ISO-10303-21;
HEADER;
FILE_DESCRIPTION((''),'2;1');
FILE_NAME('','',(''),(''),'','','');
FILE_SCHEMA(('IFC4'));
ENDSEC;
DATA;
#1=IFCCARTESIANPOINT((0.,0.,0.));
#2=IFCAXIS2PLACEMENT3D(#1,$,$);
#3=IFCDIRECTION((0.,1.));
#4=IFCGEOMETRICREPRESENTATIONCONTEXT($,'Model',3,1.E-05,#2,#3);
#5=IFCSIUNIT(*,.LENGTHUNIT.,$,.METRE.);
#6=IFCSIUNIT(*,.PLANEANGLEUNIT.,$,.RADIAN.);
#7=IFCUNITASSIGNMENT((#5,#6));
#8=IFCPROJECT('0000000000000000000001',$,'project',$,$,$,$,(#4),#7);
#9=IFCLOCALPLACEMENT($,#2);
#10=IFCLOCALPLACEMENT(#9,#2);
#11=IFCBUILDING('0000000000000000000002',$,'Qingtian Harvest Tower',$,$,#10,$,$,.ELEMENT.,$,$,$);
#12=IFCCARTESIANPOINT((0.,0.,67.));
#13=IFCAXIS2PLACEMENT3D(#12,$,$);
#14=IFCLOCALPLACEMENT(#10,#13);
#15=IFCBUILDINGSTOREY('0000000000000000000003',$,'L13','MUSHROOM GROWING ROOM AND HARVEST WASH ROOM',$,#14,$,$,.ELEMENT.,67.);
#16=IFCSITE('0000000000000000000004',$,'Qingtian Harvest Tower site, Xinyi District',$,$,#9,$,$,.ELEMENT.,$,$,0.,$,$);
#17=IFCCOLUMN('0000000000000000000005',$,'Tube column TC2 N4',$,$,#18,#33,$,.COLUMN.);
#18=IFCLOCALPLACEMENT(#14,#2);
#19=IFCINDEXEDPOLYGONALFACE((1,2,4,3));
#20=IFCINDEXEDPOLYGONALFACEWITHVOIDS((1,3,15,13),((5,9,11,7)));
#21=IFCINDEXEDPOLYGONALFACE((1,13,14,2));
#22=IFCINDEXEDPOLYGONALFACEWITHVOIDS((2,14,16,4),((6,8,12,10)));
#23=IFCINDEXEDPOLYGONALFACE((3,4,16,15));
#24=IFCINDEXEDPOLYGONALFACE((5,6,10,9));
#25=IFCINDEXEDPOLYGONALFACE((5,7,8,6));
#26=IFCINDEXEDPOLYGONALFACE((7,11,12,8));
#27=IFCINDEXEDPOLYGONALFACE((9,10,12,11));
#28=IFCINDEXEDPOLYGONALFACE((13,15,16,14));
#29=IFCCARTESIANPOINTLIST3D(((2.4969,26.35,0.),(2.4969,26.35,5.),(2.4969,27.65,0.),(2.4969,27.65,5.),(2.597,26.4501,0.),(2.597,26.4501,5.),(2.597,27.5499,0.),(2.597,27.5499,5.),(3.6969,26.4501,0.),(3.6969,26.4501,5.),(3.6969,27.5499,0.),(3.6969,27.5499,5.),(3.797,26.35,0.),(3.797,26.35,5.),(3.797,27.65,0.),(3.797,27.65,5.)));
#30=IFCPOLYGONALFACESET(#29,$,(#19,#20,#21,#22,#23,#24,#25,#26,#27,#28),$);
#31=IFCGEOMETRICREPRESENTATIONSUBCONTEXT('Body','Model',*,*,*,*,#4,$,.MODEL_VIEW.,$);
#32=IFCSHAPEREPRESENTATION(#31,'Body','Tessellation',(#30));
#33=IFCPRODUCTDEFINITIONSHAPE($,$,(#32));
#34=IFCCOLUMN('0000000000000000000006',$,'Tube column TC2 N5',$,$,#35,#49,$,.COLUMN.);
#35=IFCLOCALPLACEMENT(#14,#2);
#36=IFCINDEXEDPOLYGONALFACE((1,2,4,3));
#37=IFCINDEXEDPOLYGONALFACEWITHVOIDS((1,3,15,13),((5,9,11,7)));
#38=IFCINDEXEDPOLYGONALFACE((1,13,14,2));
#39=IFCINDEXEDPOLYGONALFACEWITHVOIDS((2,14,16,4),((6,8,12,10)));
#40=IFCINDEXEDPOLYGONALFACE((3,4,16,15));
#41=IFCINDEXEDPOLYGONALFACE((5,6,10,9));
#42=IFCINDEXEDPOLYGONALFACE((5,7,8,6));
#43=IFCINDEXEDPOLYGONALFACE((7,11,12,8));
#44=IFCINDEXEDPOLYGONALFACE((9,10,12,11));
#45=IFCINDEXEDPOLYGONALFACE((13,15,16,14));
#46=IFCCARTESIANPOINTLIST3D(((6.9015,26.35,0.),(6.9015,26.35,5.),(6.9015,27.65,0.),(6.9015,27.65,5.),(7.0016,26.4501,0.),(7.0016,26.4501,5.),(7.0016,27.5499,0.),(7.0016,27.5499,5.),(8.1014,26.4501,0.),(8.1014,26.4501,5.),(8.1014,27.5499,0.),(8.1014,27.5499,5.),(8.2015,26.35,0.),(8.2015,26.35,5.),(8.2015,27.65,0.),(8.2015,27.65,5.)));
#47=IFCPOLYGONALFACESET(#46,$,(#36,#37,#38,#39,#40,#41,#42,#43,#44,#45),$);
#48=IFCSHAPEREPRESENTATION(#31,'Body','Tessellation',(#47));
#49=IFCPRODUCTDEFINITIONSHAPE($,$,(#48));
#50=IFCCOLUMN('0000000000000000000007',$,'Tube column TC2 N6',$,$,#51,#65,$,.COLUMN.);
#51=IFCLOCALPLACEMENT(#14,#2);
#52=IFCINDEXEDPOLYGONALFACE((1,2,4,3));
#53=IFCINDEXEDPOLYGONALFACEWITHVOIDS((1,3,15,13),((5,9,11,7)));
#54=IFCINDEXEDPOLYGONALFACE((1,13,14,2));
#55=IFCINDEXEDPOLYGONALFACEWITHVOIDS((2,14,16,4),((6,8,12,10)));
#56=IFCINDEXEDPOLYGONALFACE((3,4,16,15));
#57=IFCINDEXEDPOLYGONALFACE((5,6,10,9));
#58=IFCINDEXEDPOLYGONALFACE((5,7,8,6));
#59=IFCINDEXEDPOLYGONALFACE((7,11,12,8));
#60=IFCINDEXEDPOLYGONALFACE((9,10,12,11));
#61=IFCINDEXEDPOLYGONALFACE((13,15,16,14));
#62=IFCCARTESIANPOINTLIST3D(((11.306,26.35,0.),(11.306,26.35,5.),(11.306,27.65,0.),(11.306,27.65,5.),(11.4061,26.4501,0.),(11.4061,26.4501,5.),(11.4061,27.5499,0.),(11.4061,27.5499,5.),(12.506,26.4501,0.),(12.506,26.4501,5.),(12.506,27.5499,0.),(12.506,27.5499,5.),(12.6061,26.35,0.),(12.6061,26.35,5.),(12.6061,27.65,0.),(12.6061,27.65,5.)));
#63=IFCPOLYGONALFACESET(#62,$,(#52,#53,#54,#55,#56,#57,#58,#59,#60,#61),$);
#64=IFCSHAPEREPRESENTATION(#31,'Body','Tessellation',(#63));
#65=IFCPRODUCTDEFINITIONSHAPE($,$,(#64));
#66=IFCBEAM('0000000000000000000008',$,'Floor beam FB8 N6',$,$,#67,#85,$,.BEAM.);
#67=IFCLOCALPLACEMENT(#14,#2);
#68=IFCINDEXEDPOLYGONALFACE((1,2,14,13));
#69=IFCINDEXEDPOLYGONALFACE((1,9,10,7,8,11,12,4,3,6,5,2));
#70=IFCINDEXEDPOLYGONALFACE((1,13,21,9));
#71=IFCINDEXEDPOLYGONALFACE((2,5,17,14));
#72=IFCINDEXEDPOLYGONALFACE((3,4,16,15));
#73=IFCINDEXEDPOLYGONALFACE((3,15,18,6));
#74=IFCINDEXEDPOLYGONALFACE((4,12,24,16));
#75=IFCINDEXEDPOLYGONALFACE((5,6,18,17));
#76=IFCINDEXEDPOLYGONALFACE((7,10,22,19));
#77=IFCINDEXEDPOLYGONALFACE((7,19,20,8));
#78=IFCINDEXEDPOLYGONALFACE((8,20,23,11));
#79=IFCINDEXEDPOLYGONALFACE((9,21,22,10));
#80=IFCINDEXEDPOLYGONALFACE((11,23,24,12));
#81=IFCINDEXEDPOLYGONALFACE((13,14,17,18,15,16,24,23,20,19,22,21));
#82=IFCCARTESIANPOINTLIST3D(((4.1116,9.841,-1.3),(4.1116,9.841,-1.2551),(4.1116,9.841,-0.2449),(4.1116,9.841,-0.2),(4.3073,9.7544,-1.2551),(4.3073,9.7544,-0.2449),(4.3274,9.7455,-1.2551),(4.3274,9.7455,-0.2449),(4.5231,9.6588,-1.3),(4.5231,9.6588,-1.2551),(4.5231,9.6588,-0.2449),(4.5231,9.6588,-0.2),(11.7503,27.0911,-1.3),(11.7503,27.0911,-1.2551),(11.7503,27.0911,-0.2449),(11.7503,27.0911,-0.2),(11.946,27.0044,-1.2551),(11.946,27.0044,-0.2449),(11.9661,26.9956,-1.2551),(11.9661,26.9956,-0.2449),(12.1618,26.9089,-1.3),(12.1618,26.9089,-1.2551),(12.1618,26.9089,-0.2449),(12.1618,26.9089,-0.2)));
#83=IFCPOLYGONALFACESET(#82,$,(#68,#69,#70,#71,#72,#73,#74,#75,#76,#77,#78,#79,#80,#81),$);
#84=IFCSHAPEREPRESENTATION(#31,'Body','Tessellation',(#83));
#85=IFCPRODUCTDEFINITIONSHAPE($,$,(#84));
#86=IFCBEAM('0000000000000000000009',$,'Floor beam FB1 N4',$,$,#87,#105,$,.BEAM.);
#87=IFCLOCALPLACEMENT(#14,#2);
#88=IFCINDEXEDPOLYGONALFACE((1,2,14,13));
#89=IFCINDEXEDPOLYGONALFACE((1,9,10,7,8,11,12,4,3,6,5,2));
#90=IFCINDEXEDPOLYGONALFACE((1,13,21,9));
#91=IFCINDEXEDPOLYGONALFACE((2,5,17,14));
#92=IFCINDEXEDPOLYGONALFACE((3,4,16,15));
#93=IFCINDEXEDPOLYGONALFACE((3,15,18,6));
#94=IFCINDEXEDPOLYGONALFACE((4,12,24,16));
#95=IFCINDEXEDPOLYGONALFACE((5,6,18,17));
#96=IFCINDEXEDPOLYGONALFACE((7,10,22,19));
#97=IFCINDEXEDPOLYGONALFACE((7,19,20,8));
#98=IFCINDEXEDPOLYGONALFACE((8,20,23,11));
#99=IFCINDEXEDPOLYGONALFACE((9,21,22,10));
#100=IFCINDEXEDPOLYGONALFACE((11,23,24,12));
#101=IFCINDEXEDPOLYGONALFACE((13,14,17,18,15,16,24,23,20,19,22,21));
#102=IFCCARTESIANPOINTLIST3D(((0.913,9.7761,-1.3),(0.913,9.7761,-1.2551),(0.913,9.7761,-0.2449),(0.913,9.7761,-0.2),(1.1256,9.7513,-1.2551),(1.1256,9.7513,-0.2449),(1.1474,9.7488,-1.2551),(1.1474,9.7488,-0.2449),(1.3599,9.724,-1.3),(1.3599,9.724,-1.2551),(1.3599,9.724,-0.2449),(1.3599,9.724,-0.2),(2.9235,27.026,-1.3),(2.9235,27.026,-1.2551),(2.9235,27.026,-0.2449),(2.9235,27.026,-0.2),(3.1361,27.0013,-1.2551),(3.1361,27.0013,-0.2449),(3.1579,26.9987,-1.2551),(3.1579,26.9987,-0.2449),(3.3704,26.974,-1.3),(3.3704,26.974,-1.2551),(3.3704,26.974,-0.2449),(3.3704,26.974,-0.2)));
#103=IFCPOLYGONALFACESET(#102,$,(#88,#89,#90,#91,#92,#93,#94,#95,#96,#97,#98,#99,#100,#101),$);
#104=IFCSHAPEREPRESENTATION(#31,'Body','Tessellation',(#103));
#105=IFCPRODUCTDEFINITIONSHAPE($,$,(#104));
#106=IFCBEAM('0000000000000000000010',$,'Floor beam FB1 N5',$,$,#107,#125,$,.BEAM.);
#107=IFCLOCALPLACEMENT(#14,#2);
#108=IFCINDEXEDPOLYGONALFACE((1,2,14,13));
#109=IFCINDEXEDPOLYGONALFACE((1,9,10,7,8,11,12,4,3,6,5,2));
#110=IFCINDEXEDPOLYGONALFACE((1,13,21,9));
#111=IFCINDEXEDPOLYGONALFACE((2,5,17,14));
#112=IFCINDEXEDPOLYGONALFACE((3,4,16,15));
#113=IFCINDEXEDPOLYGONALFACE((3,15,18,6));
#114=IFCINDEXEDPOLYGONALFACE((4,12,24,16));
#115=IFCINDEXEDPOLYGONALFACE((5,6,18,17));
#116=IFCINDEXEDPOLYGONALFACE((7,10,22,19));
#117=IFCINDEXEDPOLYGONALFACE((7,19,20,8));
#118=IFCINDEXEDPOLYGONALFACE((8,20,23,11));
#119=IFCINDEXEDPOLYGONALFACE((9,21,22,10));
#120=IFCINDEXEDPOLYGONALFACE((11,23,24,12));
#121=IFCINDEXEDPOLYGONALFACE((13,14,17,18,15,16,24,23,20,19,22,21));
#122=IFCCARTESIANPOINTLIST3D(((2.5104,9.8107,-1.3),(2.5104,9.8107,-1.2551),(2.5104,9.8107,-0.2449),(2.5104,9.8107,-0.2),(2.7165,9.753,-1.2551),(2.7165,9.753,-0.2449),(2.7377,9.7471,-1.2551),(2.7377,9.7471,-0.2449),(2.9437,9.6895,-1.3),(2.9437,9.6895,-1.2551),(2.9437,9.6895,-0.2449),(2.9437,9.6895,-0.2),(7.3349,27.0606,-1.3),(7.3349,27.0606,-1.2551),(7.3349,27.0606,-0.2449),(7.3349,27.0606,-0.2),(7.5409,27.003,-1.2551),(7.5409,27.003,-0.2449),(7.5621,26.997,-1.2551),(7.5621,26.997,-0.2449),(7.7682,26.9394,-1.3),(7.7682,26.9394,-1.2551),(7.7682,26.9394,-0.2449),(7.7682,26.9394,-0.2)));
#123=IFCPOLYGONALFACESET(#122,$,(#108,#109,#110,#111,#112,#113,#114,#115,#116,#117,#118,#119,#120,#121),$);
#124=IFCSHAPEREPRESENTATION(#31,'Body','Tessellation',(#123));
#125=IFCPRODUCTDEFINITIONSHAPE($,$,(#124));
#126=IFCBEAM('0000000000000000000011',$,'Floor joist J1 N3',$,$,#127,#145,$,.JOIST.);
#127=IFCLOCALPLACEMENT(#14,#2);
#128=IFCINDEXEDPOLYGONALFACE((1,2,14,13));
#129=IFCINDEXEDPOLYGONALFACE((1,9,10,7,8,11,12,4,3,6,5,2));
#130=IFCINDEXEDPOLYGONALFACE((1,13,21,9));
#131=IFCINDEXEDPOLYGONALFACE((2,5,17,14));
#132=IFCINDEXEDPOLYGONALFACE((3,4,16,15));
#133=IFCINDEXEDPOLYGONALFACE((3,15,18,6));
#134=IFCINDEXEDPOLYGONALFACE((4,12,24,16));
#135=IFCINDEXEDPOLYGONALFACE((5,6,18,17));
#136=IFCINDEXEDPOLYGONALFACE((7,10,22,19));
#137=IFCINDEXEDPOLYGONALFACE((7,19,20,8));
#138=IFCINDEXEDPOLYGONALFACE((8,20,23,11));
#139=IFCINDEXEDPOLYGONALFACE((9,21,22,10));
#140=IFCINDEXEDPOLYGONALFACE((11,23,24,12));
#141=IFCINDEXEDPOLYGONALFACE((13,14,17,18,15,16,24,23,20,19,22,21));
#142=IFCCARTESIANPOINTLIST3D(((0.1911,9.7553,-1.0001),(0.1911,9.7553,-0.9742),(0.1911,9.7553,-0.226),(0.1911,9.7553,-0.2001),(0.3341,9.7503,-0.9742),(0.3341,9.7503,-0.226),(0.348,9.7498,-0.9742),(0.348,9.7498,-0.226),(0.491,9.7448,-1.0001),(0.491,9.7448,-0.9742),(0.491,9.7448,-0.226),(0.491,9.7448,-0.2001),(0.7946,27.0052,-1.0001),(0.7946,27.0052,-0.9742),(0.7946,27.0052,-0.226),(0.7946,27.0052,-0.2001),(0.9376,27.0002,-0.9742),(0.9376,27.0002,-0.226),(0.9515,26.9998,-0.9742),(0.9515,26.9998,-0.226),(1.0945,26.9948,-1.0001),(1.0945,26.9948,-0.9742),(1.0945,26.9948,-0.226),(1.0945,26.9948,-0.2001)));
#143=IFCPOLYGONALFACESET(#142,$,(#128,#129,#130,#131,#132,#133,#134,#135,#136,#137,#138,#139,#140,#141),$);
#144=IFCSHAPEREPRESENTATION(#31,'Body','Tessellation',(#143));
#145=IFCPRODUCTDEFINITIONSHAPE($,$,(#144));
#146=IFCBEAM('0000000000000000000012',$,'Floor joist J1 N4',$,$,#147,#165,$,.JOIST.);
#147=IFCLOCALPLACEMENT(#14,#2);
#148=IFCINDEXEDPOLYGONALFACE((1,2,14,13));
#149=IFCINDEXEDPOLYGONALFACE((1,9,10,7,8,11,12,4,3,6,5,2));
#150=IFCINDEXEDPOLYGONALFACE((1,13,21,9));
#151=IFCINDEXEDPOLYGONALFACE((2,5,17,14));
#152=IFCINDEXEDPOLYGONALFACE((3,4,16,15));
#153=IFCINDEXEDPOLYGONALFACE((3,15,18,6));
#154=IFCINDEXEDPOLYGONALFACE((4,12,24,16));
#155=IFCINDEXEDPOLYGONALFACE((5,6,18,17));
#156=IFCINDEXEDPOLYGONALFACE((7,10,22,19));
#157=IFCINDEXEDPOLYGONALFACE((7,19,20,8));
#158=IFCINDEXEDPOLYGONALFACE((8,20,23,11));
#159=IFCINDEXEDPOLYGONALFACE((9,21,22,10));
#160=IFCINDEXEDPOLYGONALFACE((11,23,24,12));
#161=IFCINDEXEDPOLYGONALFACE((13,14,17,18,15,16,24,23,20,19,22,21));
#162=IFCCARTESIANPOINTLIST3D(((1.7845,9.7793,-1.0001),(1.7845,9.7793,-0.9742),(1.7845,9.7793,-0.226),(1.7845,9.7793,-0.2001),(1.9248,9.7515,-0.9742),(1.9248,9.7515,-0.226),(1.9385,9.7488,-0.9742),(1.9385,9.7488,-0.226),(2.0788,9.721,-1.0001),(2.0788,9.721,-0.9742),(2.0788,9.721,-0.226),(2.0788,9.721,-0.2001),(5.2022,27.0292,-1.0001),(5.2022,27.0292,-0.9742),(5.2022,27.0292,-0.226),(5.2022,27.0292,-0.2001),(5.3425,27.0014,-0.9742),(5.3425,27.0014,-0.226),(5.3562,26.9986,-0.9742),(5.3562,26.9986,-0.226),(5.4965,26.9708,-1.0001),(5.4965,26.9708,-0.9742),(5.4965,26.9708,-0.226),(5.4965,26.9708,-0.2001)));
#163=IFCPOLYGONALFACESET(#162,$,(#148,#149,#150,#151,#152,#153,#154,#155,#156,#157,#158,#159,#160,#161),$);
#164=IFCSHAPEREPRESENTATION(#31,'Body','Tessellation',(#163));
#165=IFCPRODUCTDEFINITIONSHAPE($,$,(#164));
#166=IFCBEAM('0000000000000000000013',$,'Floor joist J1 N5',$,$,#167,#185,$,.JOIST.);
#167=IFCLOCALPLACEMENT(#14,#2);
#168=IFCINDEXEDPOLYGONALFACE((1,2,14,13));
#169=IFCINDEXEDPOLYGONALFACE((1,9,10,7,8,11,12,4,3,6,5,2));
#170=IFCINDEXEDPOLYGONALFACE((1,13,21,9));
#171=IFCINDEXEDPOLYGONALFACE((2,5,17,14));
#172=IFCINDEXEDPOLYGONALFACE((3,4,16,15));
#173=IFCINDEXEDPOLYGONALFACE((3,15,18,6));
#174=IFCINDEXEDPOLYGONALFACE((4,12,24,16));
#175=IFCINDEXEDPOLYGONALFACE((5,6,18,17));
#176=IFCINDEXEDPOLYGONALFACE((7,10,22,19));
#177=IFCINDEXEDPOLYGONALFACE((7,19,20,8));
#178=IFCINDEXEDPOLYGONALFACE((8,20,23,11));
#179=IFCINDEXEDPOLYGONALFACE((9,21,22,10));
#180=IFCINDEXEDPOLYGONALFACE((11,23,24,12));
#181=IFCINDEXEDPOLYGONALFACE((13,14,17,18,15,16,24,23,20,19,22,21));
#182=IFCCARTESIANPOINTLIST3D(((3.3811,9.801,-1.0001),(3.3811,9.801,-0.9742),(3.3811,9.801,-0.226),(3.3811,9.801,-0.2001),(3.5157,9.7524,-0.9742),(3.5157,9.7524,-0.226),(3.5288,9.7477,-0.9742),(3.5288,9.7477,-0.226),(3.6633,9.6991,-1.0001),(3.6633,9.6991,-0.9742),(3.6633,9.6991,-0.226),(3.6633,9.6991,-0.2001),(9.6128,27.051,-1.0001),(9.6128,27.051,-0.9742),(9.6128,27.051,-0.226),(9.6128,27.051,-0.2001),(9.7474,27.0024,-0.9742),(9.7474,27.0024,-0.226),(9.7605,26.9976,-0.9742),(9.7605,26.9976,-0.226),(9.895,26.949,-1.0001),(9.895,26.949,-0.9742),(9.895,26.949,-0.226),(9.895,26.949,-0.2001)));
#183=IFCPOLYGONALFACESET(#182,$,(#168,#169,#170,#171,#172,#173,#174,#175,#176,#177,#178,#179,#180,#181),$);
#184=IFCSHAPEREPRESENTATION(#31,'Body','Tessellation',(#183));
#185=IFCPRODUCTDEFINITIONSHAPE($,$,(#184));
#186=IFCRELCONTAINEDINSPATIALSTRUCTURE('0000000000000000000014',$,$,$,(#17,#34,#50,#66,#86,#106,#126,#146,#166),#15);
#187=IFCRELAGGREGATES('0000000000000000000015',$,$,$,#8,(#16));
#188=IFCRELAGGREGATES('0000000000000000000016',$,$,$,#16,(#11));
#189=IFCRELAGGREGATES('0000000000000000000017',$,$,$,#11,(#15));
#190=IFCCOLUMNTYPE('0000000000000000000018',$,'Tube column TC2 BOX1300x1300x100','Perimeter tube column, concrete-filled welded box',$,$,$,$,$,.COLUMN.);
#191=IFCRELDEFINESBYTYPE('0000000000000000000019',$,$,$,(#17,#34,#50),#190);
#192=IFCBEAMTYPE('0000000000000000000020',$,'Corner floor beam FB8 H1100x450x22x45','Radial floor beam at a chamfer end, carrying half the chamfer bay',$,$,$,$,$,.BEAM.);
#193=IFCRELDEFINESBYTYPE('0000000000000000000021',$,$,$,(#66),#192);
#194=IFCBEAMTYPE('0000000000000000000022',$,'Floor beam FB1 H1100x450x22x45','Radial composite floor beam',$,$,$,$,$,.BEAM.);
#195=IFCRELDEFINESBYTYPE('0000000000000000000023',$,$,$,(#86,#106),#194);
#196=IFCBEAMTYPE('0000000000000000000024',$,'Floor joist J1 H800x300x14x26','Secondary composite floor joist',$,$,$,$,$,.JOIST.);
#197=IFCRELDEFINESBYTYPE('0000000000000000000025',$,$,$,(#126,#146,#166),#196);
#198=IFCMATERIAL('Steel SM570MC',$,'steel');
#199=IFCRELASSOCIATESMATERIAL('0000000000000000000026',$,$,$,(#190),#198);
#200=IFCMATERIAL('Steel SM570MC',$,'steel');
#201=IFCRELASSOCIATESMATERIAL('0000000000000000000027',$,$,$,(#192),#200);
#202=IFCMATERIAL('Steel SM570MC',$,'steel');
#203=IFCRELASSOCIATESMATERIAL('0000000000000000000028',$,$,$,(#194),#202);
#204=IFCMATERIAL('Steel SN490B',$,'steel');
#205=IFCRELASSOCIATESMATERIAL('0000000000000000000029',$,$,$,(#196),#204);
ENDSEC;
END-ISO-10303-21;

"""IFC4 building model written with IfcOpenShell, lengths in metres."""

from ifc_helpers import new_model, si_unit, direction, frame, origin, origin_2d, place, context, subcontext, project, spatial, hollow_rectangle, i_section, extrude, material, material_profile, profile_set, type_object, element, save


model = new_model("IFC4")

# Units and contexts
model_context = context("Model", 3, precision=1e-05, world=origin(), true_north=direction((0.0, 1.0)))
body_context = subcontext(model_context, "Body", "Model", "MODEL_VIEW")
ifc_project = project(units=[si_unit("LENGTHUNIT", "METRE"), si_unit("PLANEANGLEUNIT", "RADIAN")], contexts=[model_context])

# Site, building, storey
site_placement = place(None, origin())
site = spatial("IfcSite", under=ifc_project, at=site_placement, Name="Qingtian Harvest Tower site, Xinyi District", CompositionType="ELEMENT", RefElevation=0.0)
building_placement = place(site_placement, origin())
building = spatial("IfcBuilding", under=site, at=building_placement, Name="Qingtian Harvest Tower", CompositionType="ELEMENT")
storey_placement = place(building_placement, frame((0.0, 0.0, 67.0)))
storey = spatial("IfcBuildingStorey", under=building, at=storey_placement, Name="L13", Description="MUSHROOM GROWING ROOM AND HARVEST WASH ROOM", CompositionType="ELEMENT", Elevation=67.0)

# Columns
ifc_material_1 = material(Name="Steel SM570MC", Category="steel")
ifc_material_profile_1 = material_profile(ifc_material_1, hollow_rectangle(XDim=1.3, YDim=1.3, WallThickness=0.1001, at=origin_2d()), Name="BOX1300x1300x100")
ifc_profile_set_1 = profile_set([ifc_material_profile_1], Name="Steel SM570MC")
column_type = type_object("IfcColumnType", Name="Tube column TC2 BOX1300x1300x100", Description="Perimeter tube column, concrete-filled welded box", PredefinedType="COLUMN", material=ifc_profile_set_1)
for number, where, z_axis, x_axis, name in (
    (1, (3.147, 27.0, 0.0), (0.0, 0.0, 1.0), (-1.0, 0.0, 0.0), "Tube column TC2 N4"),
    (2, (7.5515, 27.0, 0.0), (0.0, 0.0, 1.0), (-1.0, 0.0, 0.0), "Tube column TC2 N5"),
    (3, (11.9561, 27.0, 0.0), (0.0, 0.0, 1.0), (-1.0, 0.0, 0.0), "Tube column TC2 N6"),
):
    element("IfcColumn", number, at=place(storey_placement, frame(where, z_axis=z_axis, x_axis=x_axis)), inside=storey, type_object=column_type, Name=name, PredefinedType="COLUMN", context=body_context, shape_type="SweptSolid", body=[
        extrude(hollow_rectangle(XDim=1.3, YDim=1.3, WallThickness=0.1001, at=origin_2d()), origin(), (0.0, 0.0, 1.0), 5.0),
    ])

# Beams
ifc_material_2 = material(Name="Steel SM570MC", Category="steel")
ifc_material_profile_2 = material_profile(ifc_material_2, i_section(OverallWidth=0.45, OverallDepth=1.1001, WebThickness=0.022, FlangeThickness=0.0449, at=origin_2d()), Name="H1100x450x22x45")
ifc_profile_set_2 = profile_set([ifc_material_profile_2], Name="Steel SM570MC")
beam_type_1 = type_object("IfcBeamType", Name="Corner floor beam FB8 H1100x450x22x45", Description="Radial floor beam at a chamfer end, carrying half the chamfer bay", PredefinedType="BEAM", material=ifc_profile_set_2)
beam_1_placement = place(storey_placement, frame((11.9561, 27.0, -0.75), z_axis=(-0.404899, -0.914361, 0.0), x_axis=(0.914361, -0.404899, 0.0)))
element("IfcBeam", 4, at=beam_1_placement, inside=storey, type_object=beam_type_1, Name="Floor beam FB8 N6", PredefinedType="BEAM", context=body_context, shape_type="SweptSolid", body=[
    extrude(i_section(OverallWidth=0.45, OverallDepth=1.1001, WebThickness=0.022, FlangeThickness=0.0449, at=origin_2d()), origin(), (0.0, 0.0, 1.0), 18.8657),
])
ifc_material_3 = material(Name="Steel SM570MC", Category="steel")
ifc_material_profile_3 = material_profile(ifc_material_3, i_section(OverallWidth=0.45, OverallDepth=1.1001, WebThickness=0.022, FlangeThickness=0.0449, at=origin_2d()), Name="H1100x450x22x45")
ifc_profile_set_3 = profile_set([ifc_material_profile_3], Name="Steel SM570MC")
beam_type_2 = type_object("IfcBeamType", Name="Floor beam FB1 H1100x450x22x45", Description="Radial composite floor beam", PredefinedType="BEAM", material=ifc_profile_set_3)
beam_2_placement = place(storey_placement, frame((3.147, 27.0, -0.75), z_axis=(-0.115767, -0.993276, 0.0), x_axis=(0.993276, -0.115767, 0.0)))
element("IfcBeam", 5, at=beam_2_placement, inside=storey, type_object=beam_type_2, Name="Floor beam FB1 N4", PredefinedType="BEAM", context=body_context, shape_type="SweptSolid", body=[
    extrude(i_section(OverallWidth=0.45, OverallDepth=1.1001, WebThickness=0.022, FlangeThickness=0.0449, at=origin_2d()), origin(), (0.0, 0.0, 1.0), 17.3667),
])
beam_3_placement = place(storey_placement, frame((7.5515, 27.0, -0.75), z_axis=(-0.269343, -0.963044, 0.0), x_axis=(0.963044, -0.269343, 0.0)))
element("IfcBeam", 6, at=beam_3_placement, inside=storey, type_object=beam_type_2, Name="Floor beam FB1 N5", PredefinedType="BEAM", context=body_context, shape_type="SweptSolid", body=[
    extrude(i_section(OverallWidth=0.45, OverallDepth=1.1001, WebThickness=0.022, FlangeThickness=0.0449, at=origin_2d()), origin(), (0.0, 0.0, 1.0), 17.9119),
])
ifc_material_4 = material(Name="Steel SN490B", Category="steel")
ifc_material_profile_4 = material_profile(ifc_material_4, i_section(OverallWidth=0.3, OverallDepth=0.8, WebThickness=0.0139, FlangeThickness=0.0259, at=origin_2d()), Name="H800x300x14x26")
ifc_profile_set_4 = profile_set([ifc_material_profile_4], Name="Steel SN490B")
beam_type_3 = type_object("IfcBeamType", Name="Floor joist J1 H800x300x14x26", Description="Secondary composite floor joist", PredefinedType="JOIST", material=ifc_profile_set_4)
beam_4_placement = place(storey_placement, frame((0.9446, 27.0, -0.6001), z_axis=(-0.034965, -0.999389, 0.0), x_axis=(0.999389, -0.034965, 0.0)))
element("IfcBeam", 7, at=beam_4_placement, inside=storey, type_object=beam_type_3, Name="Floor joist J1 N3", PredefinedType="JOIST", context=body_context, shape_type="SweptSolid", body=[
    extrude(i_section(OverallWidth=0.3, OverallDepth=0.8, WebThickness=0.0139, FlangeThickness=0.0259, at=origin_2d()), origin(), (0.0, 0.0, 1.0), 17.2605),
])
beam_5_placement = place(storey_placement, frame((5.3494, 27.0, -0.6001), z_axis=(-0.194351, -0.980932, 0.0), x_axis=(0.980932, -0.194351, 0.0)))
element("IfcBeam", 8, at=beam_5_placement, inside=storey, type_object=beam_type_3, Name="Floor joist J1 N4", PredefinedType="JOIST", context=body_context, shape_type="SweptSolid", body=[
    extrude(i_section(OverallWidth=0.3, OverallDepth=0.8, WebThickness=0.0139, FlangeThickness=0.0259, at=origin_2d()), origin(), (0.0, 0.0, 1.0), 17.5852),
])
beam_6_placement = place(storey_placement, frame((9.7539, 27.0, -0.6001), z_axis=(-0.339766, -0.94051, 0.0), x_axis=(0.94051, -0.339766, 0.0)))
element("IfcBeam", 9, at=beam_6_placement, inside=storey, type_object=beam_type_3, Name="Floor joist J1 N5", PredefinedType="JOIST", context=body_context, shape_type="SweptSolid", body=[
    extrude(i_section(OverallWidth=0.3, OverallDepth=0.8, WebThickness=0.0139, FlangeThickness=0.0259, at=origin_2d()), origin(), (0.0, 0.0, 1.0), 18.3411),
])

save(model, "model.ifc")
